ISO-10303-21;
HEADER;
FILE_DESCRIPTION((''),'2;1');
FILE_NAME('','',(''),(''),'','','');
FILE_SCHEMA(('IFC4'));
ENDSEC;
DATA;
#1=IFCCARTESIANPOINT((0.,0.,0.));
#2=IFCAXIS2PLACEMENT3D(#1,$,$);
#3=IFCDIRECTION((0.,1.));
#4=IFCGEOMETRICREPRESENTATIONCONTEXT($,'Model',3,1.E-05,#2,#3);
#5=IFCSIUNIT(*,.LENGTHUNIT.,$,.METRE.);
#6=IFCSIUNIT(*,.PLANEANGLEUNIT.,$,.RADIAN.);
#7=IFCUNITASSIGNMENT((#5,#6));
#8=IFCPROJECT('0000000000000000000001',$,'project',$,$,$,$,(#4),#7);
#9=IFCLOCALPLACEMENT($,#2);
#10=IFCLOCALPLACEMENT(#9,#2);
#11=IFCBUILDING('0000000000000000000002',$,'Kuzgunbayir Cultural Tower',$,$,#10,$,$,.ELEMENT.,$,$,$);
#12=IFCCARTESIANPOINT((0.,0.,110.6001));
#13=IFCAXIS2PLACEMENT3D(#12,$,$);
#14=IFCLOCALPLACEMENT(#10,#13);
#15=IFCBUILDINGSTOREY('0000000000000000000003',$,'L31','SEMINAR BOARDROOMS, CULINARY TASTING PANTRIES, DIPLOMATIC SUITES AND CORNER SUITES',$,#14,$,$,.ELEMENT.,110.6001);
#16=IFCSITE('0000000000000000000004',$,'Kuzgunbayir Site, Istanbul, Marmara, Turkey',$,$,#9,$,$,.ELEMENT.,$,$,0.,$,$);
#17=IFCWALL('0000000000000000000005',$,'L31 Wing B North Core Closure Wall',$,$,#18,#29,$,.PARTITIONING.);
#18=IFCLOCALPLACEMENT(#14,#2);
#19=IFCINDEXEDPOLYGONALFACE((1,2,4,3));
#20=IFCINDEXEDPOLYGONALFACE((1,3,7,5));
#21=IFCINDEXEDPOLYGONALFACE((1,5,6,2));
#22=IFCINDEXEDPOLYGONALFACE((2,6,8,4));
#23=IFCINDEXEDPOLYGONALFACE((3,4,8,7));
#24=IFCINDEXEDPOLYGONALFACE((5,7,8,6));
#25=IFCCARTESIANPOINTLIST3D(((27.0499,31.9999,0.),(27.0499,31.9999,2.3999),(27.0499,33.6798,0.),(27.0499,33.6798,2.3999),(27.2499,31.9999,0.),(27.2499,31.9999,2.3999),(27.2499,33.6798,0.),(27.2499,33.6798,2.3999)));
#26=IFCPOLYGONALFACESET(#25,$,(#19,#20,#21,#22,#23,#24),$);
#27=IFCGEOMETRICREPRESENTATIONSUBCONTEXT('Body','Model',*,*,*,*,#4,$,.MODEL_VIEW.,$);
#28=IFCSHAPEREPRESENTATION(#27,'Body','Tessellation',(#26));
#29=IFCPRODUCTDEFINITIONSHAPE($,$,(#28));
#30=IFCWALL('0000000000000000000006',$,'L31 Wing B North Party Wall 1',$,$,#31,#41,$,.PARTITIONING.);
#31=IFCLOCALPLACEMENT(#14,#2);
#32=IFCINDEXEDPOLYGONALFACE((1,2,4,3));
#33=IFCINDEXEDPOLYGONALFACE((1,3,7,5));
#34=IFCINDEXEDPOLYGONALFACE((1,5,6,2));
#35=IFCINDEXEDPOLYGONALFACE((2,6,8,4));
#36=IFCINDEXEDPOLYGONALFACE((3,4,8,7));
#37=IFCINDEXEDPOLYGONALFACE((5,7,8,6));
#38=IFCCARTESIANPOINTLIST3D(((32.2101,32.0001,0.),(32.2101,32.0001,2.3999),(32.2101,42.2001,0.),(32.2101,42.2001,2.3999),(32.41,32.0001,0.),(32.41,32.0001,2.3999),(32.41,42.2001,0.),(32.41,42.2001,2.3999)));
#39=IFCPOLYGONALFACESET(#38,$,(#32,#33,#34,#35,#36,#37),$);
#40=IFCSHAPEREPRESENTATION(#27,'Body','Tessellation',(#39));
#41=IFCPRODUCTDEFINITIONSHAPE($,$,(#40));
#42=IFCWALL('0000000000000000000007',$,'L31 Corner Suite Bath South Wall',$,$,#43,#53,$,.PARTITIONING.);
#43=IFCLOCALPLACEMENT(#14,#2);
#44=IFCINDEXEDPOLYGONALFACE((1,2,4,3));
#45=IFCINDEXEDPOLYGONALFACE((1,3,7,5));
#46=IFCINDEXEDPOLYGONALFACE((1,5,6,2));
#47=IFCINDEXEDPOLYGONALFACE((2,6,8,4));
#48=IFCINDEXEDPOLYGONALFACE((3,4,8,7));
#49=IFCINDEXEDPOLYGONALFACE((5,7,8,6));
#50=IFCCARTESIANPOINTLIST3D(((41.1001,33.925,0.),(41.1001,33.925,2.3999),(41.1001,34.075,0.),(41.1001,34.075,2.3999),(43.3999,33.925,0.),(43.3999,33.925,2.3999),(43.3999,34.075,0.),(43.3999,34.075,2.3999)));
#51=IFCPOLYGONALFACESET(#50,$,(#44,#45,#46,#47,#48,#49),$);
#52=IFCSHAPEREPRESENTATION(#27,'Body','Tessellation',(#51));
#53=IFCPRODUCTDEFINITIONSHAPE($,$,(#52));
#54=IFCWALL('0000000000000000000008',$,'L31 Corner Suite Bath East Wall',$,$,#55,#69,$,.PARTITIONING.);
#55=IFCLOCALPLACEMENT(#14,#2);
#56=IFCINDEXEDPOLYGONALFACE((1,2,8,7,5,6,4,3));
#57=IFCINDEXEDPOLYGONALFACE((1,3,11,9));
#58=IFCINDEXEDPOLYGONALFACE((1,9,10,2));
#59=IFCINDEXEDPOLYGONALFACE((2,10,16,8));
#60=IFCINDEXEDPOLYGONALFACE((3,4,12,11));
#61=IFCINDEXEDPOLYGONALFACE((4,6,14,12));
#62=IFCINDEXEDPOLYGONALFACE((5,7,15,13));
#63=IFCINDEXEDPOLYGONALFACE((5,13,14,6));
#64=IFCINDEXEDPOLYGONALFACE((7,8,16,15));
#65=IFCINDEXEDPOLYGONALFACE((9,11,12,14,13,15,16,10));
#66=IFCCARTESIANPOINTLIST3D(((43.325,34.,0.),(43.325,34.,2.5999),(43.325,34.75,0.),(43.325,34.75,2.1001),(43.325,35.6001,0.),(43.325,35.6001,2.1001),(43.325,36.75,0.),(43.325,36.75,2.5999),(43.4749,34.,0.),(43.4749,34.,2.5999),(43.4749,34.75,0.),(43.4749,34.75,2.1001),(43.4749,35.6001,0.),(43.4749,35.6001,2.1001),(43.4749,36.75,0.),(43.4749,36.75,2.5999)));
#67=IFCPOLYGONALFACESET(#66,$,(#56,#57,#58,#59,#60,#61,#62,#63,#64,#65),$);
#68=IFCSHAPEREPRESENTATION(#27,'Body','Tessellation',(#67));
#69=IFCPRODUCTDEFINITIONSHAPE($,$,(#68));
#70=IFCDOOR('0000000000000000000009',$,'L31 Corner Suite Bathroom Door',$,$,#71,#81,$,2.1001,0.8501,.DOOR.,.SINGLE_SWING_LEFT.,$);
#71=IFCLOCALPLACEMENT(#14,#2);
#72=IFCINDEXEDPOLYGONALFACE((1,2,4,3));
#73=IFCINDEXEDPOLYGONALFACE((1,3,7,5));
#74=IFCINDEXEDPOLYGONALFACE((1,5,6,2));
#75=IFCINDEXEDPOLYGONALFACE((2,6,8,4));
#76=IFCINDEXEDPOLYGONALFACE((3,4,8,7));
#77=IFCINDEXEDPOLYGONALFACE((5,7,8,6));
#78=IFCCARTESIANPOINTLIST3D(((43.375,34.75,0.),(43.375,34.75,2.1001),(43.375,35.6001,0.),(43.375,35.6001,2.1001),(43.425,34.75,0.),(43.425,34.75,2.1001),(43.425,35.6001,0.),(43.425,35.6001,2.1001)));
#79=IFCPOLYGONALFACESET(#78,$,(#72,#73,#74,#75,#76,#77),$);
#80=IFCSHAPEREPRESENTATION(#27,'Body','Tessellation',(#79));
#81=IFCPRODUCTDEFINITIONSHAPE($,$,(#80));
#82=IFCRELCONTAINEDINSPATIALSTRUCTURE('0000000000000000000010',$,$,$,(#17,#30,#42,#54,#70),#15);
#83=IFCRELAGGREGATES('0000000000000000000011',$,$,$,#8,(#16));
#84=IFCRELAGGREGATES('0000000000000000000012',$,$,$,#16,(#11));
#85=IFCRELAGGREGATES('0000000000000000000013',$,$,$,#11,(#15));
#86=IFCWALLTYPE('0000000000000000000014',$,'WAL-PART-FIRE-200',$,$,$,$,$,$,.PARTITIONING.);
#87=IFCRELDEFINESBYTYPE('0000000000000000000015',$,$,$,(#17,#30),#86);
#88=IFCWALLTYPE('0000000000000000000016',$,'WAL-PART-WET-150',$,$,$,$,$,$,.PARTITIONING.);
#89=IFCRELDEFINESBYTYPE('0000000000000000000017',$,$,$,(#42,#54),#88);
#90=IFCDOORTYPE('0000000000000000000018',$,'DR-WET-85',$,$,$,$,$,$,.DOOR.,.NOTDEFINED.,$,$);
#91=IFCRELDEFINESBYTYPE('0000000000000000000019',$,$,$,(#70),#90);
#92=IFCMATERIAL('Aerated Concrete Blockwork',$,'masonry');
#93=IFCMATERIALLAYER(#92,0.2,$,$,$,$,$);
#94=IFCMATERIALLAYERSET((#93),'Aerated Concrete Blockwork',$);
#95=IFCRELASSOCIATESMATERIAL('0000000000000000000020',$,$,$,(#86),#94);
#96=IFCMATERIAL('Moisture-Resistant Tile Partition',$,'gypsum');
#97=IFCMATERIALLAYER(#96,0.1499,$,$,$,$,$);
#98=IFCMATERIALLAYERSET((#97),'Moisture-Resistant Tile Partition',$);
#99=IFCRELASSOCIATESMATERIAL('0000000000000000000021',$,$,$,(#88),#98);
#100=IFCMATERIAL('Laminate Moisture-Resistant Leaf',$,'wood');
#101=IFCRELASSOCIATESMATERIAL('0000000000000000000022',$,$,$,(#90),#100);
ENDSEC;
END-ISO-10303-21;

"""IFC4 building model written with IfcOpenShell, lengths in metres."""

from ifc_helpers import new_model, si_unit, direction, frame, frame_2d, origin, place, context, subcontext, project, spatial, rectangle, extrude, material, layer, layer_set, type_object, element, fill, save


model = new_model("IFC4")

# Units and contexts
model_context = context("Model", 3, precision=1e-05, world=origin(), true_north=direction((0.0, 1.0)))
body_context = subcontext(model_context, "Body", "Model", "MODEL_VIEW")
ifc_project = project(units=[si_unit("LENGTHUNIT", "METRE"), si_unit("PLANEANGLEUNIT", "RADIAN")], contexts=[model_context])

# Site, building, storey
site_placement = place(None, origin())
site = spatial("IfcSite", under=ifc_project, at=site_placement, Name="Kuzgunbayir Site, Istanbul, Marmara, Turkey", CompositionType="ELEMENT", RefElevation=0.0)
building_placement = place(site_placement, origin())
building = spatial("IfcBuilding", under=site, at=building_placement, Name="Kuzgunbayir Cultural Tower", CompositionType="ELEMENT")
storey_placement = place(building_placement, frame((0.0, 0.0, 110.6001)))
storey = spatial("IfcBuildingStorey", under=building, at=storey_placement, Name="L31", Description="SEMINAR BOARDROOMS, CULINARY TASTING PANTRIES, DIPLOMATIC SUITES AND CORNER SUITES", CompositionType="ELEMENT", Elevation=110.6001)

# Shared definitions
ifc_material_1 = material(Name="Aerated Concrete Blockwork", Category="masonry")
ifc_layer_1 = layer(ifc_material_1, 0.2)
ifc_layer_set_1 = layer_set([ifc_layer_1], Name="Aerated Concrete Blockwork")
wall_type_1 = type_object("IfcWallType", Name="WAL-PART-FIRE-200", PredefinedType="PARTITIONING", material=ifc_layer_set_1)

# Walls
wall_1_placement = place(storey_placement, frame((27.1499, 32.0, 0.0), z_axis=(0.0, 0.0, 1.0), x_axis=(0.0, 1.0, 0.0)))
element("IfcWall", 1, at=wall_1_placement, inside=storey, type_object=wall_type_1, Name="L31 Wing B North Core Closure Wall", PredefinedType="PARTITIONING", context=body_context, shape_type="SweptSolid", body=[
    extrude(rectangle(XDim=1.6799, YDim=0.2, at=frame_2d((0.8398, 0.0))), origin(), (0.0, 0.0, 1.0), 2.3999),
])
wall_2_placement = place(storey_placement, frame((32.3101, 32.0, 0.0), z_axis=(0.0, 0.0, 1.0), x_axis=(0.0, 1.0, 0.0)))
element("IfcWall", 2, at=wall_2_placement, inside=storey, type_object=wall_type_1, Name="L31 Wing B North Party Wall 1", PredefinedType="PARTITIONING", context=body_context, shape_type="SweptSolid", body=[
    extrude(rectangle(XDim=10.2, YDim=0.2, at=frame_2d((5.1001, 0.0))), origin(), (0.0, 0.0, 1.0), 2.3999),
])
ifc_material_2 = material(Name="Moisture-Resistant Tile Partition", Category="gypsum")
ifc_layer_2 = layer(ifc_material_2, 0.1499)
ifc_layer_set_2 = layer_set([ifc_layer_2], Name="Moisture-Resistant Tile Partition")
wall_type_2 = type_object("IfcWallType", Name="WAL-PART-WET-150", PredefinedType="PARTITIONING", material=ifc_layer_set_2)
wall_3_placement = place(storey_placement, frame((41.1001, 34.0, 0.0), z_axis=(0.0, 0.0, 1.0), x_axis=(1.0, 0.0, 0.0)))
element("IfcWall", 3, at=wall_3_placement, inside=storey, type_object=wall_type_2, Name="L31 Corner Suite Bath South Wall", PredefinedType="PARTITIONING", context=body_context, shape_type="SweptSolid", body=[
    extrude(rectangle(XDim=2.2998, YDim=0.1499, at=frame_2d((1.1499, 0.0))), origin(), (0.0, 0.0, 1.0), 2.3999),
])

# Wall, opening, door
wall_4_placement = place(storey_placement, frame((43.3999, 34.0, 0.0), z_axis=(0.0, 0.0, 1.0), x_axis=(0.0, 1.0, 0.0)))
wall_4 = element("IfcWall", 4, at=wall_4_placement, inside=storey, type_object=wall_type_2, Name="L31 Corner Suite Bath East Wall", PredefinedType="PARTITIONING", context=body_context, shape_type="SweptSolid", body=[
    extrude(rectangle(XDim=2.75, YDim=0.1499, at=frame_2d((1.375, 0.0))), origin(), (0.0, 0.0, 1.0), 2.5999),
])
opening_1_placement = place(wall_4_placement, frame((0.75, 0.0, 0.0)))
opening_1 = element("IfcOpeningElement", 5, at=opening_1_placement, cuts=wall_4, PredefinedType="OPENING", context=body_context, shape_type="SweptSolid", body=[
    extrude(rectangle(XDim=0.8501, YDim=2.1001, at=frame_2d((0.425, 1.05))), frame((0.0, 0.085, 0.0), z_axis=(0.0, -1.0, 0.0), x_axis=(1.0, 0.0, 0.0)), (0.0, 0.0, 1.0), 0.1699),
])
ifc_material_3 = material(Name="Laminate Moisture-Resistant Leaf", Category="wood")
door_type_1 = type_object("IfcDoorType", Name="DR-WET-85", OperationType="NOTDEFINED", PredefinedType="DOOR", material=ifc_material_3)
door_1_placement = place(opening_1_placement, origin())
door_1 = element("IfcDoor", 6, at=door_1_placement, inside=storey, type_object=door_type_1, Name="L31 Corner Suite Bathroom Door", OperationType="SINGLE_SWING_LEFT", OverallHeight=2.1001, OverallWidth=0.8501, PredefinedType="DOOR", context=body_context, shape_type="SweptSolid", body=[
    extrude(rectangle(XDim=0.8501, YDim=2.1001, at=frame_2d((0.425, 1.05))), frame((0.0, 0.0249, 0.0), z_axis=(0.0, -1.0, 0.0), x_axis=(1.0, 0.0, 0.0)), (0.0, 0.0, 1.0), 0.05),
])
fill(opening_1, door_1)

save(model, "model.ifc")
